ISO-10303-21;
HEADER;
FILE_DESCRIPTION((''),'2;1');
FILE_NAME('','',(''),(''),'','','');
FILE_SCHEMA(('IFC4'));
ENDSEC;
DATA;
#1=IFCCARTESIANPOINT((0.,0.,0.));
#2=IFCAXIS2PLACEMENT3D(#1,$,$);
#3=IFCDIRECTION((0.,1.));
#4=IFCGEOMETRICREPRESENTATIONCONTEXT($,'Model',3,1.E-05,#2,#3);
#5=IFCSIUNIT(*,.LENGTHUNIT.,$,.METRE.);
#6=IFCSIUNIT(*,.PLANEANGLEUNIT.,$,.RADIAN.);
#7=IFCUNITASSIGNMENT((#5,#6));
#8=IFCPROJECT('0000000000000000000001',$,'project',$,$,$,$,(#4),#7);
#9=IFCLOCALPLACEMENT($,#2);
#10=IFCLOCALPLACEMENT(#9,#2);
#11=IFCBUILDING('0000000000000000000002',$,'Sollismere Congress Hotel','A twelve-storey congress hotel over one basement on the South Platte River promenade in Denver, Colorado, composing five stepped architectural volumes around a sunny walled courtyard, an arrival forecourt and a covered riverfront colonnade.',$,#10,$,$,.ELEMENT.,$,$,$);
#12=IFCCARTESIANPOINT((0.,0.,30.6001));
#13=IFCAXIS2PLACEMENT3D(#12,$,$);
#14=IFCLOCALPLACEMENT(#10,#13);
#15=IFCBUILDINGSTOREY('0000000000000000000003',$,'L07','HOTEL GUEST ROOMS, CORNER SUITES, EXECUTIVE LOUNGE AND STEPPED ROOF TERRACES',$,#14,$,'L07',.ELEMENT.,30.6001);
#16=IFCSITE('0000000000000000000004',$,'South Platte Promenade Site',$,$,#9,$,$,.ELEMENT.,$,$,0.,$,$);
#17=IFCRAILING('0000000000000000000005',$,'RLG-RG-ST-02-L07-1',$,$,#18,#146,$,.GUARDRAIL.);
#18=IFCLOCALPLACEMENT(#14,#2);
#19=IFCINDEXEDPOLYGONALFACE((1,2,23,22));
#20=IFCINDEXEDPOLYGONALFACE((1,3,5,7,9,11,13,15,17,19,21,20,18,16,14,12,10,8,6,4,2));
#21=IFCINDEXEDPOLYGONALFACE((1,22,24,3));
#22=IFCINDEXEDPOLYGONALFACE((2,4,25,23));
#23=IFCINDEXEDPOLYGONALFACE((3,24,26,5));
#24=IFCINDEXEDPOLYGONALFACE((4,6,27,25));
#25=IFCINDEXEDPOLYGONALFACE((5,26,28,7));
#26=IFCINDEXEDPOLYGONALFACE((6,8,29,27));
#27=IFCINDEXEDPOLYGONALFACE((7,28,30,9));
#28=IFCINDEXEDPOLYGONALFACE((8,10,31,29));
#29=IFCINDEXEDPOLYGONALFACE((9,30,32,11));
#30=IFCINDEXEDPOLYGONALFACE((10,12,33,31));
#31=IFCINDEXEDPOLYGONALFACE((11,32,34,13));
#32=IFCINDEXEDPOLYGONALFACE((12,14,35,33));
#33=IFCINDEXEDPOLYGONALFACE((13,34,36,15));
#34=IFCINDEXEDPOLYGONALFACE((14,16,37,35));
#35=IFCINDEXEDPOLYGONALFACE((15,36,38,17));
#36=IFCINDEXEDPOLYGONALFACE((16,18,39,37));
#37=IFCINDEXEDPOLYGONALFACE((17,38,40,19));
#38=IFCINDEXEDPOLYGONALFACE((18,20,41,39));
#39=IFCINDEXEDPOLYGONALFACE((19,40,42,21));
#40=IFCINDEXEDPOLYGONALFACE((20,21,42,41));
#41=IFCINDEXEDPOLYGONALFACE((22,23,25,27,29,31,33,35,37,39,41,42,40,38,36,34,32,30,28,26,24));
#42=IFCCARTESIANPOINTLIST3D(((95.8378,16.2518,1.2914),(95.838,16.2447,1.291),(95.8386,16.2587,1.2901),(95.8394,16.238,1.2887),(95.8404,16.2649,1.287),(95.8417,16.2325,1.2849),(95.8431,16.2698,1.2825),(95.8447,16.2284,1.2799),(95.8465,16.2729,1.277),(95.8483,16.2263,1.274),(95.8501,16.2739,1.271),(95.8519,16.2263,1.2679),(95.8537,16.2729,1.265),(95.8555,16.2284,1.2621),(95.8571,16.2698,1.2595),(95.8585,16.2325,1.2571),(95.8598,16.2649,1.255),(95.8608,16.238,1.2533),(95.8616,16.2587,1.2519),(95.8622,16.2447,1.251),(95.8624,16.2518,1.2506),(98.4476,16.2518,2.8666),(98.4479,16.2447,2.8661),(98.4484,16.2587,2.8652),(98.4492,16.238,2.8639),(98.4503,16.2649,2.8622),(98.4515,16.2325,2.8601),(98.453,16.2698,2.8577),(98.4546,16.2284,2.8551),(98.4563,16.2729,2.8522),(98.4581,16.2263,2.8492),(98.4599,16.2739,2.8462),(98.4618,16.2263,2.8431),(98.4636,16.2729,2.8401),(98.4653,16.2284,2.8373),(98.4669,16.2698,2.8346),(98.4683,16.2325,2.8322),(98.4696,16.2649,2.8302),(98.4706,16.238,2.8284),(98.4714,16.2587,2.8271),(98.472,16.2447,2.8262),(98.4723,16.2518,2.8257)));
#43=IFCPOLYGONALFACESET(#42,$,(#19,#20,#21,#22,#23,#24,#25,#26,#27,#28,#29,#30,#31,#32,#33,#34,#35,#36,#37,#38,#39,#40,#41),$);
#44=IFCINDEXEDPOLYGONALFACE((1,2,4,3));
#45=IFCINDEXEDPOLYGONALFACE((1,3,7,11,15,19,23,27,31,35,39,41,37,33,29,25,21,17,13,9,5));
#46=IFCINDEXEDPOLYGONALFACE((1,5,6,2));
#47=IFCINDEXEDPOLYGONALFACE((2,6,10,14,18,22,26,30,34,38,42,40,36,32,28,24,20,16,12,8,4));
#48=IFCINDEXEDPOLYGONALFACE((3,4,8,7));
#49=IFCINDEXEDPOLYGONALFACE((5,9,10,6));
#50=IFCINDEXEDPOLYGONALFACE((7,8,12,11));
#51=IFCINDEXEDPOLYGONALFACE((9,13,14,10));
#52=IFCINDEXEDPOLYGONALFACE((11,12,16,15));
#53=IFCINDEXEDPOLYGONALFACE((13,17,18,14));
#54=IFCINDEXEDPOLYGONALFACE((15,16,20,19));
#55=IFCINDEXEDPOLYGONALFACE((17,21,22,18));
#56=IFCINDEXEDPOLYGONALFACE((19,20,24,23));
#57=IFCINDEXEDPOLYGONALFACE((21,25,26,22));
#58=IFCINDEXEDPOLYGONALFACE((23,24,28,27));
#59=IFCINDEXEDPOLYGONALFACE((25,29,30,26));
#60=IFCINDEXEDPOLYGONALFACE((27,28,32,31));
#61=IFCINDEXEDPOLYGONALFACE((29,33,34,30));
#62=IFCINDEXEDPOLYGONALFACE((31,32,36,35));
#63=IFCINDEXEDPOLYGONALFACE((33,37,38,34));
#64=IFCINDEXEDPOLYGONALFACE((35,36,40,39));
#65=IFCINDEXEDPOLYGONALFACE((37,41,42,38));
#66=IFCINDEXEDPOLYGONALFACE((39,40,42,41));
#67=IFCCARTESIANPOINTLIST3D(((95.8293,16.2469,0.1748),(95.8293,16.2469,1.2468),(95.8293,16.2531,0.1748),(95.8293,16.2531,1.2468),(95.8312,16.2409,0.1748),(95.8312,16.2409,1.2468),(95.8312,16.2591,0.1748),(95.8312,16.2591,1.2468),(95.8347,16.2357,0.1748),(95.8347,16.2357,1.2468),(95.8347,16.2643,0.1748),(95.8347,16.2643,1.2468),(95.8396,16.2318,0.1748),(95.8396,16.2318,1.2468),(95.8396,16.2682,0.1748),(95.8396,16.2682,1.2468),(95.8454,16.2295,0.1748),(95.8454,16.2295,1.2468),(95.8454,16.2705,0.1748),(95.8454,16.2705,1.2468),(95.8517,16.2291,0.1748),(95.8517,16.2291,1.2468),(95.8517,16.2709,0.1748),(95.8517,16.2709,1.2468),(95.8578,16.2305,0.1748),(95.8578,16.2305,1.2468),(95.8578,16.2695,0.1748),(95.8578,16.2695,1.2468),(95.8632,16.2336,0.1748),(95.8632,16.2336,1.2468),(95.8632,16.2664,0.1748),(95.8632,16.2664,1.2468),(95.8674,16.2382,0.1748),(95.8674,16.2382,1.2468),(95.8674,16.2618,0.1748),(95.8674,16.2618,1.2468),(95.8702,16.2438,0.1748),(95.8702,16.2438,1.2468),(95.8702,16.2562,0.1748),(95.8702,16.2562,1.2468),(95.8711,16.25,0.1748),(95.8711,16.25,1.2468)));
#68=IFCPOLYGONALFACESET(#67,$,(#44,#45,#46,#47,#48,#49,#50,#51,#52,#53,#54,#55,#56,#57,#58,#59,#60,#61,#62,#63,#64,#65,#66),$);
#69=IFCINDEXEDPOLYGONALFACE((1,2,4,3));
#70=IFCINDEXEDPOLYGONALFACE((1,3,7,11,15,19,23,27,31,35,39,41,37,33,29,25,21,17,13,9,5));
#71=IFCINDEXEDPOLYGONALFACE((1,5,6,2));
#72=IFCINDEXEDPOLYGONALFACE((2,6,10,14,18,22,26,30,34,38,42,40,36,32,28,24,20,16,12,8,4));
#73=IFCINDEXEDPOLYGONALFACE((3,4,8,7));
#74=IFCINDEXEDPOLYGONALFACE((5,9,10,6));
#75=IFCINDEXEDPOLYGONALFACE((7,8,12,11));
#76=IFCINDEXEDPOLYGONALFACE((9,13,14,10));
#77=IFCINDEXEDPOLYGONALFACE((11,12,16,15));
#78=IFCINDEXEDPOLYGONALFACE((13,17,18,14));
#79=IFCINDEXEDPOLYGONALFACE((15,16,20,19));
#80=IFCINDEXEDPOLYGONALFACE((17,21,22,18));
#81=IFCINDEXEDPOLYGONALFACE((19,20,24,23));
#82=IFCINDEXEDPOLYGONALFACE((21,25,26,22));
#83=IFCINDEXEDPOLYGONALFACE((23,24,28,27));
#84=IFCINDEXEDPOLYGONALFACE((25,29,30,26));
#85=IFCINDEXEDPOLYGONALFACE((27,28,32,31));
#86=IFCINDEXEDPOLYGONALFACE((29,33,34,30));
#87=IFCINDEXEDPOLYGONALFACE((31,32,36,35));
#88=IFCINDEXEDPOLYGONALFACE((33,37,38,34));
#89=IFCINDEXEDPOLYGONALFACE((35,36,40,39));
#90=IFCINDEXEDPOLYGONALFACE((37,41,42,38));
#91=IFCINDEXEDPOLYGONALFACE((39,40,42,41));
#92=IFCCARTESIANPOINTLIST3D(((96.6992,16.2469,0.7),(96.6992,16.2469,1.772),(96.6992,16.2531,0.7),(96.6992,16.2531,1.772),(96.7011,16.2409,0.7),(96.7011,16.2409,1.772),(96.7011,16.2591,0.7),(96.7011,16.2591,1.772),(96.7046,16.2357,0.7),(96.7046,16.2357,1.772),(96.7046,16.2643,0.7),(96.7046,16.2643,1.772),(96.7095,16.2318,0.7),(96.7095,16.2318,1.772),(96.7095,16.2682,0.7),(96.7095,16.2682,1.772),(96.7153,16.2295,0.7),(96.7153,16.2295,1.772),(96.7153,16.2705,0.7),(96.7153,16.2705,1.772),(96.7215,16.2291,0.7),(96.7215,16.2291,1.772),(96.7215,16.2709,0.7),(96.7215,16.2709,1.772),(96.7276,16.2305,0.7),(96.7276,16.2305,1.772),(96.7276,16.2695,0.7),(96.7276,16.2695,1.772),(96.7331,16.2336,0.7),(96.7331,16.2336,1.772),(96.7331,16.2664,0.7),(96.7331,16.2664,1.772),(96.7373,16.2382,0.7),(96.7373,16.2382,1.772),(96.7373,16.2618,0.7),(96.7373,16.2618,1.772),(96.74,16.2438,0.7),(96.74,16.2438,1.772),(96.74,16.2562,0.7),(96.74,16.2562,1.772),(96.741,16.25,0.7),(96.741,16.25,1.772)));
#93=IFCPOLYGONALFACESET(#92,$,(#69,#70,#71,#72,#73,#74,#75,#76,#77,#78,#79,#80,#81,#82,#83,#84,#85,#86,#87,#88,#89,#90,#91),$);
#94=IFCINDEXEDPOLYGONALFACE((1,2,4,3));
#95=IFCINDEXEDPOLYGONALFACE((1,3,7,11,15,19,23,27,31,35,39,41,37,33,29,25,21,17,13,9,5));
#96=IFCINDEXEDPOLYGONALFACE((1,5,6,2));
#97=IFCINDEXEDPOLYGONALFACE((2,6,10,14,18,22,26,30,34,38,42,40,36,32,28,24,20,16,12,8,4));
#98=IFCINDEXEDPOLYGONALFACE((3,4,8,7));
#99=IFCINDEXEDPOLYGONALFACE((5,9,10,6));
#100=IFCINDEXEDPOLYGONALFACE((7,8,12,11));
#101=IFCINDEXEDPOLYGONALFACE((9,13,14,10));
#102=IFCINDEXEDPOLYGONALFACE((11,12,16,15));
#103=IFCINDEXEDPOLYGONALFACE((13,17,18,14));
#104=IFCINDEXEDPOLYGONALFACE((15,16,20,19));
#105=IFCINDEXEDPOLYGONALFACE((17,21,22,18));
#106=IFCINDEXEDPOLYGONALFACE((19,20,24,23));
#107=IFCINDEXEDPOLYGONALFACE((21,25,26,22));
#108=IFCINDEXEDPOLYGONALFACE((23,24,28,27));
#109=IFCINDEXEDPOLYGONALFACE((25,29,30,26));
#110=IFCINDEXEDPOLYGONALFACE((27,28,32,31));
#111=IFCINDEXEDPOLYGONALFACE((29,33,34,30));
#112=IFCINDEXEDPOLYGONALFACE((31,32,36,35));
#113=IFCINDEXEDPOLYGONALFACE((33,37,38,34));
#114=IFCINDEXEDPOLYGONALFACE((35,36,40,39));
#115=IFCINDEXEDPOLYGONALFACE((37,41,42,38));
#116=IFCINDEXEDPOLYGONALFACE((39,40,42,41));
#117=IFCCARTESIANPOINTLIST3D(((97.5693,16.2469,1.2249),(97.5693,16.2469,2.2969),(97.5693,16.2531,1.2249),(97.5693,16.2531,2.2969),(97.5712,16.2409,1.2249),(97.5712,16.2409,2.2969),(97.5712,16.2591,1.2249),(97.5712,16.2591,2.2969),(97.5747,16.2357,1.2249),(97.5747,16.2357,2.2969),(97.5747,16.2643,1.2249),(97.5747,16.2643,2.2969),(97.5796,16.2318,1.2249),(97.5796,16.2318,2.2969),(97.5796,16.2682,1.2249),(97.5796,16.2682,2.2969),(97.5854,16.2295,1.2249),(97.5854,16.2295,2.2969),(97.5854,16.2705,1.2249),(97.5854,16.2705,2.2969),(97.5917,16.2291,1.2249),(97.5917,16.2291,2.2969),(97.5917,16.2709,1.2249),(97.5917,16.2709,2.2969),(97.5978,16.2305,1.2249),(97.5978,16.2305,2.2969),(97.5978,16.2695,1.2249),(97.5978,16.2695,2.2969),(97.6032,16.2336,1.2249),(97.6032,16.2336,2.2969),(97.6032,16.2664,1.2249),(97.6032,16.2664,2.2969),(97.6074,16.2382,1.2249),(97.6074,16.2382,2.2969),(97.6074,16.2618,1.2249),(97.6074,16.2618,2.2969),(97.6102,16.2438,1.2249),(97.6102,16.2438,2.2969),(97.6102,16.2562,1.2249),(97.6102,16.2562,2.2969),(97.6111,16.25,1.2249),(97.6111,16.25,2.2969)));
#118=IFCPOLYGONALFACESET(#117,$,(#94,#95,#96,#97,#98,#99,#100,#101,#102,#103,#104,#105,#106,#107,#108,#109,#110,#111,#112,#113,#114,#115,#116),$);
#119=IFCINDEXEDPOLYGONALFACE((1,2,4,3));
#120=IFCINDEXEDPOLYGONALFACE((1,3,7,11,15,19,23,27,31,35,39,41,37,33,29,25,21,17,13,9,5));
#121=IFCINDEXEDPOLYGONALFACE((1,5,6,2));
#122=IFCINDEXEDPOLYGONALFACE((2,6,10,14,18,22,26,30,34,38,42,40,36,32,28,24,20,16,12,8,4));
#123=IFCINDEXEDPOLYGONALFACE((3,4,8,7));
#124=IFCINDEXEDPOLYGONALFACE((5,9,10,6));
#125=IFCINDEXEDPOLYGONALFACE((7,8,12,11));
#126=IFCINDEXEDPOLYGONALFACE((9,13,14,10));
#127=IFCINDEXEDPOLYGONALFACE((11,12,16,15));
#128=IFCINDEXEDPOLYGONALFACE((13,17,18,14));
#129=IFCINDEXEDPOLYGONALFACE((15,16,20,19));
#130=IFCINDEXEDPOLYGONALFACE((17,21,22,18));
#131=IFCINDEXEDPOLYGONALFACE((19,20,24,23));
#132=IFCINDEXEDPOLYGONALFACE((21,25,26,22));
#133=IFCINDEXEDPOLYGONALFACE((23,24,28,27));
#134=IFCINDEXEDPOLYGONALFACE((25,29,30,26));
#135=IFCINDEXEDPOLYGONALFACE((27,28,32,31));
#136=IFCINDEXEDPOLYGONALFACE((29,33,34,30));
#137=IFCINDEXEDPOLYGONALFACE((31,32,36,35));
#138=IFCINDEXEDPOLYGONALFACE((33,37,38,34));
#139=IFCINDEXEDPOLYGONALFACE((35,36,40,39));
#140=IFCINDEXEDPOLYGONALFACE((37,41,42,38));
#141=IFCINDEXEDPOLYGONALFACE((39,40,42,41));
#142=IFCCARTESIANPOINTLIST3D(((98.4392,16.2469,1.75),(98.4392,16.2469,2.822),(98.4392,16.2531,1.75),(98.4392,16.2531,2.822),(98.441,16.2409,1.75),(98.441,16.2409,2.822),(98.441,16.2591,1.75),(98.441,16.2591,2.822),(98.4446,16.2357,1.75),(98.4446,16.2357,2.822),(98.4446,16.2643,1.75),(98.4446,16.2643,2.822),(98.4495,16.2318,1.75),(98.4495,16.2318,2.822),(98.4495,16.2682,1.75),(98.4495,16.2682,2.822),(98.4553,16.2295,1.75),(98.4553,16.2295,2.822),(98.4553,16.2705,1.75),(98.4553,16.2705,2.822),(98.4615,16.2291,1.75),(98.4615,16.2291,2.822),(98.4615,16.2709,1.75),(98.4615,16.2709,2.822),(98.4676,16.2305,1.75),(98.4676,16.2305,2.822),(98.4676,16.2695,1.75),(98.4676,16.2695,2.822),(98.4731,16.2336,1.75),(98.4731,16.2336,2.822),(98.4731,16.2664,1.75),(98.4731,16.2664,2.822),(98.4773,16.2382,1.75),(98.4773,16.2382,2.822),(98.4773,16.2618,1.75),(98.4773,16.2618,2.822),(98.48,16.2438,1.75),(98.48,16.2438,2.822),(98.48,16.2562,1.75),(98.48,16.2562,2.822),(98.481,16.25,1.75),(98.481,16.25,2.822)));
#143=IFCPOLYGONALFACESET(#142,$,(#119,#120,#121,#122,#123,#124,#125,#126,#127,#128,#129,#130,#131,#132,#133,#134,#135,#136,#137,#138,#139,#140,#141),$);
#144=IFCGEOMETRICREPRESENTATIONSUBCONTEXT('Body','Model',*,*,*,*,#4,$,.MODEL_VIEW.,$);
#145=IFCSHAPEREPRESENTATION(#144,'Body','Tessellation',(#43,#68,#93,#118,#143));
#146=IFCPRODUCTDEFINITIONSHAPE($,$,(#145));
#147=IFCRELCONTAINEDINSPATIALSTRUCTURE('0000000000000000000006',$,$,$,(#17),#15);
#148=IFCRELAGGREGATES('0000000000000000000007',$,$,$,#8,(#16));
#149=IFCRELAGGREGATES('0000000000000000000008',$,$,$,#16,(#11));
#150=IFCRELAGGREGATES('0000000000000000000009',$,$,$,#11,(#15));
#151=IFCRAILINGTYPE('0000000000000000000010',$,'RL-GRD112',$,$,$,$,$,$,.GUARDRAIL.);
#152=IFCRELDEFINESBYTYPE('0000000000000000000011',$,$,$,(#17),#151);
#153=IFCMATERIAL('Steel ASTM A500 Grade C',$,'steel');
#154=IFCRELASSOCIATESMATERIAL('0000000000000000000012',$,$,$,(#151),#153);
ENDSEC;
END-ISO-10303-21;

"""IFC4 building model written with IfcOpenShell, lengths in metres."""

from ifc_helpers import new_model, si_unit, direction, frame, origin, origin_2d, place, context, subcontext, project, spatial, circle, extrude, material, type_object, element, save


model = new_model("IFC4")

# Units and contexts
model_context = context("Model", 3, precision=1e-05, world=origin(), true_north=direction((0.0, 1.0)))
body_context = subcontext(model_context, "Body", "Model", "MODEL_VIEW")
ifc_project = project(units=[si_unit("LENGTHUNIT", "METRE"), si_unit("PLANEANGLEUNIT", "RADIAN")], contexts=[model_context])

# Site, building, storey
site_placement = place(None, origin())
site = spatial("IfcSite", under=ifc_project, at=site_placement, Name="South Platte Promenade Site", CompositionType="ELEMENT", RefElevation=0.0)
building_placement = place(site_placement, origin())
building = spatial("IfcBuilding", under=site, at=building_placement, Name="Sollismere Congress Hotel", Description="A twelve-storey congress hotel over one basement on the South Platte River promenade in Denver, Colorado, composing five stepped architectural volumes around a sunny walled courtyard, an arrival forecourt and a covered riverfront colonnade.", CompositionType="ELEMENT")
storey_placement = place(building_placement, frame((0.0, 0.0, 30.6001)))
storey = spatial("IfcBuildingStorey", under=building, at=storey_placement, Name="L07", Description="HOTEL GUEST ROOMS, CORNER SUITES, EXECUTIVE LOUNGE AND STEPPED ROOF TERRACES", LongName="L07", CompositionType="ELEMENT", Elevation=30.6001)

# Shared definitions
ifc_material_1 = material(Name="Steel ASTM A500 Grade C", Category="steel")

# Railing
railing_type_1 = type_object("IfcRailingType", Name="RL-GRD112", PredefinedType="GUARDRAIL", material=ifc_material_1)
railing_1_placement = place(storey_placement, frame((95.8501, 16.25, 0.1748)))
element("IfcRailing", 1, at=railing_1_placement, inside=storey, type_object=railing_type_1, Name="RLG-RG-ST-02-L07-1", PredefinedType="GUARDRAIL", context=body_context, shape_type="SweptSolid", body=[
    extrude(circle(Radius=0.0239, at=origin_2d()), frame((0.0, 0.0, 1.0962), z_axis=(0.856147, 0.0, 0.516732), x_axis=(0.0, 1.0, 0.0)), (0.0, 0.0, 1.0), 3.0483),
    extrude(circle(Radius=0.021, at=origin_2d()), origin(), (0.0, 0.0, 1.0), 1.072),
    extrude(circle(Radius=0.021, at=origin_2d()), frame((0.8699, 0.0, 0.5251)), (0.0, 0.0, 1.0), 1.072),
    extrude(circle(Radius=0.021, at=origin_2d()), frame((1.74, 0.0, 1.05)), (0.0, 0.0, 1.0), 1.072),
    extrude(circle(Radius=0.021, at=origin_2d()), frame((2.6099, 0.0, 1.5752)), (0.0, 0.0, 1.0), 1.072),
])

save(model, "model.ifc")
